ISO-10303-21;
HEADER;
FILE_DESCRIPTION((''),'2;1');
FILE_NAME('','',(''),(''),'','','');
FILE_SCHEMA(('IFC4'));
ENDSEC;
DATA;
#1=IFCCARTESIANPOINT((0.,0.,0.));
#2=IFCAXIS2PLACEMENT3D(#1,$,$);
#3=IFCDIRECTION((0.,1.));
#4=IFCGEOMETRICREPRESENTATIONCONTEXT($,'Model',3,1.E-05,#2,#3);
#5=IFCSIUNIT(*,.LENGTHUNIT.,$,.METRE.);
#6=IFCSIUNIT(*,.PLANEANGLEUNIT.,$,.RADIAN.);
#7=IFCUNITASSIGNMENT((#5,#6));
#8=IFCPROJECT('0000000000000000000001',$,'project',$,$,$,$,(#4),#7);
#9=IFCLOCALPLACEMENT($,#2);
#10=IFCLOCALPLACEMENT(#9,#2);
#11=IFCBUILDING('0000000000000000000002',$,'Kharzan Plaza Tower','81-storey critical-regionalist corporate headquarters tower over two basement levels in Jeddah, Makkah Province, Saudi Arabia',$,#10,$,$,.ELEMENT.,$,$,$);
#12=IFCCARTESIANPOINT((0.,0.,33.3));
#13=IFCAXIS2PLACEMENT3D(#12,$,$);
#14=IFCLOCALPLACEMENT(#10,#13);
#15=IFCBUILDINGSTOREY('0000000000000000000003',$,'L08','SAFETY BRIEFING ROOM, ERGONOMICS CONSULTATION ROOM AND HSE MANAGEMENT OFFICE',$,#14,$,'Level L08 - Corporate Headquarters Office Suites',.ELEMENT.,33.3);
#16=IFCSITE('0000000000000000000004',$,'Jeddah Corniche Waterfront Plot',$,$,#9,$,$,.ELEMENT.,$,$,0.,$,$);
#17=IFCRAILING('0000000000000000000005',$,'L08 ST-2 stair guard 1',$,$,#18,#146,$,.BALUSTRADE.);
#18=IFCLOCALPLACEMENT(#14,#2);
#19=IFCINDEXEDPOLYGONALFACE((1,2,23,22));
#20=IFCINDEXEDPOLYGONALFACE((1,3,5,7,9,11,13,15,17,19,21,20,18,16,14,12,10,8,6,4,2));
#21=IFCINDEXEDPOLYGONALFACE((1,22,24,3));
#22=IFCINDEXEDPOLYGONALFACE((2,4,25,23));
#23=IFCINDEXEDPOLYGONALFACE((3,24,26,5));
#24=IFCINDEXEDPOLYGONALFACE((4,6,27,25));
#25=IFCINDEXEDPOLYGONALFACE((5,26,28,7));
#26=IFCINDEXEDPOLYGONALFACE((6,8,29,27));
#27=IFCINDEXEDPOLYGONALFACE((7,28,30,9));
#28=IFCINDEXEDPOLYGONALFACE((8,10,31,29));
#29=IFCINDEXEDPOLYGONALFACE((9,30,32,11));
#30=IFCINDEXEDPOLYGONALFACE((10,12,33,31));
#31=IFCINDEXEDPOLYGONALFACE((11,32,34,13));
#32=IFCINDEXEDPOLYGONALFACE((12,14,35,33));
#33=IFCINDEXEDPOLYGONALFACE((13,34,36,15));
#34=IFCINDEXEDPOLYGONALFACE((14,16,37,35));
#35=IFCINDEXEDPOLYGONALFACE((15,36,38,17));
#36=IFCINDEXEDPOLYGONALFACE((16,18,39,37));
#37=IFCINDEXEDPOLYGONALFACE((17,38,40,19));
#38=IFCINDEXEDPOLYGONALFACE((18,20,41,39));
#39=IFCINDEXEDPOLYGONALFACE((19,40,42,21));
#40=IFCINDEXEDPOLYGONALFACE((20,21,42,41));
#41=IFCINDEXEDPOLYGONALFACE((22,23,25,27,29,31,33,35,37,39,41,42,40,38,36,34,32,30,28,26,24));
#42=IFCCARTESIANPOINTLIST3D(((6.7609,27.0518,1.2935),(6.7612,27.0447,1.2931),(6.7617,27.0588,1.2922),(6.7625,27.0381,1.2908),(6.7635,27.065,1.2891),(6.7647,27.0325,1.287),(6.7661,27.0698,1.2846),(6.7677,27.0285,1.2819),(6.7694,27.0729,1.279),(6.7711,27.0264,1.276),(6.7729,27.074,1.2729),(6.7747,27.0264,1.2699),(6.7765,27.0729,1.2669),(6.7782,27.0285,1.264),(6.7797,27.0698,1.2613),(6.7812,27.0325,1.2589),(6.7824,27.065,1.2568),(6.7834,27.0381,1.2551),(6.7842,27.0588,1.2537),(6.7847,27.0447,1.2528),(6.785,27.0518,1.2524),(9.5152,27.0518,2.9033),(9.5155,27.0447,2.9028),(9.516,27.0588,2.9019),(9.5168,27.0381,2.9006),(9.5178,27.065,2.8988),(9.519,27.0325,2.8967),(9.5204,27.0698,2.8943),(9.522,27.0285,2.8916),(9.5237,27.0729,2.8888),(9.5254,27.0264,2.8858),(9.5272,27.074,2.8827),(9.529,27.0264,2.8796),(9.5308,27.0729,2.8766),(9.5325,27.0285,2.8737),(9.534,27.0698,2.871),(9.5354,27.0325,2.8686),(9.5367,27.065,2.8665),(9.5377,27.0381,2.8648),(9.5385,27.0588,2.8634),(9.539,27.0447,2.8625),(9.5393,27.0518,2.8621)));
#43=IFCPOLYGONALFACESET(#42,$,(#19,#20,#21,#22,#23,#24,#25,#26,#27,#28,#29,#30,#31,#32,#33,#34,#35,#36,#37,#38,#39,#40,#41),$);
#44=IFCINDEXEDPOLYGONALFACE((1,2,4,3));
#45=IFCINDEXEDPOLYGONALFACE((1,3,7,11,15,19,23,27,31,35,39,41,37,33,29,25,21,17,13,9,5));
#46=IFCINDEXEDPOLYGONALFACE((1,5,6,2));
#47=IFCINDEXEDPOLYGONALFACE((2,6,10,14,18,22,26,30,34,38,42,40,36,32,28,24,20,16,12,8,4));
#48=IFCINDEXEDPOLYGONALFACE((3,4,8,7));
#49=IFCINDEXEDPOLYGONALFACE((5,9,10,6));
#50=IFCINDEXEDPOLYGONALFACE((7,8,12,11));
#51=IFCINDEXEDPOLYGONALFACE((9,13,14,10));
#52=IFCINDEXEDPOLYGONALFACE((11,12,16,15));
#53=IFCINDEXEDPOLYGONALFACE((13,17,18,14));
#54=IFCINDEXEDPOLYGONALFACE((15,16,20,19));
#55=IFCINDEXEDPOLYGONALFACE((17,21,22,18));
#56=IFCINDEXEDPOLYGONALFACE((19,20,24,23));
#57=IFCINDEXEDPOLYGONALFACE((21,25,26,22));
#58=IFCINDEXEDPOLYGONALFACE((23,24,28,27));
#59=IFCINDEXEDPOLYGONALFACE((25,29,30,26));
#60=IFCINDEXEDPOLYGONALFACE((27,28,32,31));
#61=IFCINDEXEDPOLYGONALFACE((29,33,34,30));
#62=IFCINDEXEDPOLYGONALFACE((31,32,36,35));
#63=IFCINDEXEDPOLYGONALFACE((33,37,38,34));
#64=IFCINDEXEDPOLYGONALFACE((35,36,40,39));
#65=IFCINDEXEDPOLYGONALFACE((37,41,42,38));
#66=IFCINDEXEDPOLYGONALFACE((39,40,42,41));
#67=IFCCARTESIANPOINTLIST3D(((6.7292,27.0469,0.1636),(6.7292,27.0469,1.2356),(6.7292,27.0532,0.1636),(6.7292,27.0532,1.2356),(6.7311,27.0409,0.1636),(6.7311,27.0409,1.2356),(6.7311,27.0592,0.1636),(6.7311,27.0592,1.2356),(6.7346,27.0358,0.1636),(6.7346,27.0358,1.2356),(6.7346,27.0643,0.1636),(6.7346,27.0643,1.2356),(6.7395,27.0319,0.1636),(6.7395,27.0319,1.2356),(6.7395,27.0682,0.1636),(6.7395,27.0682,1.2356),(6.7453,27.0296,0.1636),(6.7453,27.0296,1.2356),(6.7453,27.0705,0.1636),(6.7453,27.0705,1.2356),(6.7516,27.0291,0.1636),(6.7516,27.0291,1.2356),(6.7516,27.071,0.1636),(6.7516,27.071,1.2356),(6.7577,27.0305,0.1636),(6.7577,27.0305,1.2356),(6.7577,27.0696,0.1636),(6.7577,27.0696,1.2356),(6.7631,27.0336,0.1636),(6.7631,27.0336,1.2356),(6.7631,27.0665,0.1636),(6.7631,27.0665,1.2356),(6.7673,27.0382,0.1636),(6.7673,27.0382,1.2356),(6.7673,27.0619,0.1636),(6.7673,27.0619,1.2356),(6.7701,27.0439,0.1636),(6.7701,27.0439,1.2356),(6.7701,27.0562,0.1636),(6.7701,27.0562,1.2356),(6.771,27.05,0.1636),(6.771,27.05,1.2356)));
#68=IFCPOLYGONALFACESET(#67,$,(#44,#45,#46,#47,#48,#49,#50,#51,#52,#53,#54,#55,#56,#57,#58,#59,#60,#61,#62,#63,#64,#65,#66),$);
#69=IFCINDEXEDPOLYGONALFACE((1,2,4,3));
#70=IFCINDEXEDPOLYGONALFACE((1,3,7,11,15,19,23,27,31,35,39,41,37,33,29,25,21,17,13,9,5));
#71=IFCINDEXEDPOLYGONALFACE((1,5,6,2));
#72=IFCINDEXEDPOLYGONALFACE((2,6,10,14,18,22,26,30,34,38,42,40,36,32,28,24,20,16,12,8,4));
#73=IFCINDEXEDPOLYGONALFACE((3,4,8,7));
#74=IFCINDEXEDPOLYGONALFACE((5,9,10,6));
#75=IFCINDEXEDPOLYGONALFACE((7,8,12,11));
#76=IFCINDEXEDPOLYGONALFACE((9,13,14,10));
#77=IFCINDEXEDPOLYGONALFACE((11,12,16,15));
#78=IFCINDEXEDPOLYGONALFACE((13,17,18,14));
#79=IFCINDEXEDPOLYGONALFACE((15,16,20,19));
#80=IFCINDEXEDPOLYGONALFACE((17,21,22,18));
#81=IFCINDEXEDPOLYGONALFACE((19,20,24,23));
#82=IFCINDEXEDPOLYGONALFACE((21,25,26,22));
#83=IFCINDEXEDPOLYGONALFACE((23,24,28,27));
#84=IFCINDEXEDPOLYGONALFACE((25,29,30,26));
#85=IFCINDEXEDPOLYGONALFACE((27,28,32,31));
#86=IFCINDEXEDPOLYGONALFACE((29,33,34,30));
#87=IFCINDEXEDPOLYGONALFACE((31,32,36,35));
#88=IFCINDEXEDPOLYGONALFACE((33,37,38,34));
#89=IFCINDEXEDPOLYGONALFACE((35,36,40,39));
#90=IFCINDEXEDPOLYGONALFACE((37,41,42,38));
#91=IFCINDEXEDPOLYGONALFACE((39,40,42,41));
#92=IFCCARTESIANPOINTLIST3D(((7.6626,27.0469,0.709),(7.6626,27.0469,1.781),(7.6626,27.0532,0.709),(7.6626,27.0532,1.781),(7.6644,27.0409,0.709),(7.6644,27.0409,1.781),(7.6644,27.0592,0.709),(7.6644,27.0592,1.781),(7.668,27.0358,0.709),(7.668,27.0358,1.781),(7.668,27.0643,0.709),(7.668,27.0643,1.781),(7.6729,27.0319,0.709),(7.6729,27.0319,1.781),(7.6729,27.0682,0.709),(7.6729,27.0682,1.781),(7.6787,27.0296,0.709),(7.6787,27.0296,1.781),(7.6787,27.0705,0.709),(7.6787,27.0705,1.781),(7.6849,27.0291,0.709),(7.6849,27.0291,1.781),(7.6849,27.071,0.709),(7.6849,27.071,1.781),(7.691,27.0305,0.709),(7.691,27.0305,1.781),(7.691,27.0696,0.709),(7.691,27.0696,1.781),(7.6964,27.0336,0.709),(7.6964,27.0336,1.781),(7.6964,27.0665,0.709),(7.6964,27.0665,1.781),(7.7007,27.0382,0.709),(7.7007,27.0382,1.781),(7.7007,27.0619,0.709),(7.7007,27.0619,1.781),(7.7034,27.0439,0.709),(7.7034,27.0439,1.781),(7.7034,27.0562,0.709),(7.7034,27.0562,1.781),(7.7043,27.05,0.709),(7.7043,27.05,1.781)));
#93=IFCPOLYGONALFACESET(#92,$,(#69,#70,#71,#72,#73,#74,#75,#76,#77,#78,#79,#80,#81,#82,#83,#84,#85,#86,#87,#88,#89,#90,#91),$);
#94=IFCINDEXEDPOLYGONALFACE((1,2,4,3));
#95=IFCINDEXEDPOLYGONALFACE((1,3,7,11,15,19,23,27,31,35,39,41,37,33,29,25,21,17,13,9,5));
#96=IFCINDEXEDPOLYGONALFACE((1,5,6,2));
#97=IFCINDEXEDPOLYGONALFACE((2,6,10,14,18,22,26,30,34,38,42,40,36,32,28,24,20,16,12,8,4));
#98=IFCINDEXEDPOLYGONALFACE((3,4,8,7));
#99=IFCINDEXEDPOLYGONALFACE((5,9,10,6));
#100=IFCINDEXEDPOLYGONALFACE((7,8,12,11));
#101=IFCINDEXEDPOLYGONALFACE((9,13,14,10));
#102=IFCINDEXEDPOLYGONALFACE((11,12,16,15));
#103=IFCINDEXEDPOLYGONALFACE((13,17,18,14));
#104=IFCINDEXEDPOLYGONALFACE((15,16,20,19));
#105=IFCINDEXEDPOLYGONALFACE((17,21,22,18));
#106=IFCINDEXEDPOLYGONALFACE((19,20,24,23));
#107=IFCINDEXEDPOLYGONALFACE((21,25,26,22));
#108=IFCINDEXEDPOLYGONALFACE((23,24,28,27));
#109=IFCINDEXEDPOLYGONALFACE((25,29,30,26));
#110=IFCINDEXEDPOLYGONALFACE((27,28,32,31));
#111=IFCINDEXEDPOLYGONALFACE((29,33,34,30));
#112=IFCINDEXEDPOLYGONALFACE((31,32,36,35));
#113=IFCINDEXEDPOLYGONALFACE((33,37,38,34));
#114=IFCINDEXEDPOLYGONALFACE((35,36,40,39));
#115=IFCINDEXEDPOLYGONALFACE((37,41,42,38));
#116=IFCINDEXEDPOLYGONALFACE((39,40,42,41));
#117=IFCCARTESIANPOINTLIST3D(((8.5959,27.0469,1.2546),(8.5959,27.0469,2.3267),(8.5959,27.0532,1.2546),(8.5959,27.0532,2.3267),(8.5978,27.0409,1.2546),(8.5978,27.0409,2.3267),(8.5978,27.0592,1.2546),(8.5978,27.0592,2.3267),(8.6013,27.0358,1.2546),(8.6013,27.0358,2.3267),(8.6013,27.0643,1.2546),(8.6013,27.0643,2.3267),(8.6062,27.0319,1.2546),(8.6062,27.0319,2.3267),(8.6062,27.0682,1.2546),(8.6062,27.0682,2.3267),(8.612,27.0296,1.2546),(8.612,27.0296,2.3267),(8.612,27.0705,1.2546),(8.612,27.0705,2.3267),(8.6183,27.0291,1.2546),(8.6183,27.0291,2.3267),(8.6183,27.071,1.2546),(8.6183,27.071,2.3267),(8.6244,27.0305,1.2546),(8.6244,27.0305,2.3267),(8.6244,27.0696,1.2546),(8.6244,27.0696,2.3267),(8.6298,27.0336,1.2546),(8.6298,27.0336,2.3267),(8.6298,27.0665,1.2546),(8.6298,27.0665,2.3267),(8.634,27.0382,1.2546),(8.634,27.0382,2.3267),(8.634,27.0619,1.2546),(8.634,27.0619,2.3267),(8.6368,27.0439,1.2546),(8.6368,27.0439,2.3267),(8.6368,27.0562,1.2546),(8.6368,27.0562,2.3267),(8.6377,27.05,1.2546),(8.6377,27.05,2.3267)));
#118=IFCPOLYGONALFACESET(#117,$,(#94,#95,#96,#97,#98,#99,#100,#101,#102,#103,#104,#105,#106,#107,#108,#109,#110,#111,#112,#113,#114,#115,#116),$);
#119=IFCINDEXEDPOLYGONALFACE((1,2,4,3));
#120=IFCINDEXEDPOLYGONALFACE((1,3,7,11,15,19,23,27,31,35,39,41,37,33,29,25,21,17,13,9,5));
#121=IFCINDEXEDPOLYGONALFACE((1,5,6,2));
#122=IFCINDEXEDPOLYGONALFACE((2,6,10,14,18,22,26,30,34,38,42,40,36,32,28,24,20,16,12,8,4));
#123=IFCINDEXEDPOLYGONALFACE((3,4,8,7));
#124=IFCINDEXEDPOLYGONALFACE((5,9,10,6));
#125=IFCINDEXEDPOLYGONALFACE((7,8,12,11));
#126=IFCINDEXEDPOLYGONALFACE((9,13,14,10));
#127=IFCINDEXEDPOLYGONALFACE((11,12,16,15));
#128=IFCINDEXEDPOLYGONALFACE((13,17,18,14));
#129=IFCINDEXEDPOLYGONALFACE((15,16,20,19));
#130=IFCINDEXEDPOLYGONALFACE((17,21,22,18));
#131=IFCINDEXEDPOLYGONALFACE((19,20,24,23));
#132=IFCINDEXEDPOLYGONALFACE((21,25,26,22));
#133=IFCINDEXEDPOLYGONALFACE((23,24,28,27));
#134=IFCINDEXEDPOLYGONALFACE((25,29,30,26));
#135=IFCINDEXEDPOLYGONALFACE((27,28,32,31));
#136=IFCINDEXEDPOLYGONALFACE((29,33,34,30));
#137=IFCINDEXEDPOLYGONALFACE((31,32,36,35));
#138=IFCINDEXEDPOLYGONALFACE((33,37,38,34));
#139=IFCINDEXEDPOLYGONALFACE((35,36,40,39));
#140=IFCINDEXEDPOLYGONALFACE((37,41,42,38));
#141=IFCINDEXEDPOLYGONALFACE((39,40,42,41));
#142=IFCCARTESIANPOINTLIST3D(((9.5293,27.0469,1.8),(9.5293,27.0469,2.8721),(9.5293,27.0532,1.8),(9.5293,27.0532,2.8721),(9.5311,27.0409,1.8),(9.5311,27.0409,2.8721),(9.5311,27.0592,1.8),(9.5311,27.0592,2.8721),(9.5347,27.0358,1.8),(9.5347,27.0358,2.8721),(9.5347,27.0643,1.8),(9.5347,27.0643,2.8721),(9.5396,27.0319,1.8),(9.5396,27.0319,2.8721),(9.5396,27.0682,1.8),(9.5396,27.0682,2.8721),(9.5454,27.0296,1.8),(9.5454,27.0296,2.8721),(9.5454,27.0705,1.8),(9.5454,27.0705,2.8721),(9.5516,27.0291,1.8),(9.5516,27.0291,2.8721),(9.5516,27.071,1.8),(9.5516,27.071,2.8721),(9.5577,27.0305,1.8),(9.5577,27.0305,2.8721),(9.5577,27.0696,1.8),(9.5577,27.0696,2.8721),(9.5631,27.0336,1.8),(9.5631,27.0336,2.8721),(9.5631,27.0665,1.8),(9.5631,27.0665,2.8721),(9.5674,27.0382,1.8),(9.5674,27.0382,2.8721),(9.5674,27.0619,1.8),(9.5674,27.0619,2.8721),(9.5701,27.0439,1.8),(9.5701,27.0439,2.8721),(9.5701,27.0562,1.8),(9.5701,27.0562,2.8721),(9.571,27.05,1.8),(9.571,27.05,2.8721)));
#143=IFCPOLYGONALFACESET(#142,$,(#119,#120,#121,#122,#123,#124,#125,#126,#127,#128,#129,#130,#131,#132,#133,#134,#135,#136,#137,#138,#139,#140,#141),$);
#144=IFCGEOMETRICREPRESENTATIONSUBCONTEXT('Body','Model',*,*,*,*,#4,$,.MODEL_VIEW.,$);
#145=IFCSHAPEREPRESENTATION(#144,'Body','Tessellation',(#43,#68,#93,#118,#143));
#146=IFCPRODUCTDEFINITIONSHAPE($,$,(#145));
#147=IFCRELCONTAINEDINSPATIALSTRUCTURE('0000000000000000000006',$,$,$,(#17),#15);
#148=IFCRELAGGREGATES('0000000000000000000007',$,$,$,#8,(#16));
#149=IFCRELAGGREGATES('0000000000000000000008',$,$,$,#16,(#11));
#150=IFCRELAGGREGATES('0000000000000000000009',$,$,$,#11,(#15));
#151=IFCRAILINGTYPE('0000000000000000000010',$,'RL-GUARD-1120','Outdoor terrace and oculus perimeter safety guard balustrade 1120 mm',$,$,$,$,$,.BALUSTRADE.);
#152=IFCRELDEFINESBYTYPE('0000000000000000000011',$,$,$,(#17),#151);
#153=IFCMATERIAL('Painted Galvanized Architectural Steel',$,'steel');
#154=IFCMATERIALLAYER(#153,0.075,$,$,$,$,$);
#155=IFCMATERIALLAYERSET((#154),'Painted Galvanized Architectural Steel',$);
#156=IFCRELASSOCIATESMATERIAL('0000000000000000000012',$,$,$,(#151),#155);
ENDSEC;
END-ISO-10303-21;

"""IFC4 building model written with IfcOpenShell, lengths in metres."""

from ifc_helpers import new_model, si_unit, direction, frame, origin, origin_2d, place, context, subcontext, project, spatial, circle, extrude, source, transform, mapped, material, layer, layer_set, type_object, element, save


model = new_model("IFC4")

# Units and contexts
model_context = context("Model", 3, precision=1e-05, world=origin(), true_north=direction((0.0, 1.0)))
body_context = subcontext(model_context, "Body", "Model", "MODEL_VIEW")
ifc_project = project(units=[si_unit("LENGTHUNIT", "METRE"), si_unit("PLANEANGLEUNIT", "RADIAN")], contexts=[model_context])

# Site, building, storey
site_placement = place(None, origin())
site = spatial("IfcSite", under=ifc_project, at=site_placement, Name="Jeddah Corniche Waterfront Plot", CompositionType="ELEMENT", RefElevation=0.0)
building_placement = place(site_placement, origin())
building = spatial("IfcBuilding", under=site, at=building_placement, Name="Kharzan Plaza Tower", Description="81-storey critical-regionalist corporate headquarters tower over two basement levels in Jeddah, Makkah Province, Saudi Arabia", CompositionType="ELEMENT")
storey_placement = place(building_placement, frame((0.0, 0.0, 33.3)))
storey = spatial("IfcBuildingStorey", under=building, at=storey_placement, Name="L08", Description="SAFETY BRIEFING ROOM, ERGONOMICS CONSULTATION ROOM AND HSE MANAGEMENT OFFICE", LongName="Level L08 - Corporate Headquarters Office Suites", CompositionType="ELEMENT", Elevation=33.3)

# Railing
ifc_material_1 = material(Name="Painted Galvanized Architectural Steel", Category="steel")
ifc_layer_1 = layer(ifc_material_1, 0.075)
ifc_layer_set_1 = layer_set([ifc_layer_1], Name="Painted Galvanized Architectural Steel")
railing_type_1 = type_object("IfcRailingType", Name="RL-GUARD-1120", Description="Outdoor terrace and oculus perimeter safety guard balustrade 1120 mm", PredefinedType="BALUSTRADE", material=ifc_layer_set_1)
shared_shape_1 = source(origin(), body_context, "Body", "SweptSolid", [
    extrude(circle(Radius=0.0239, at=origin_2d()), frame((0.0229, 0.0, 1.1094), z_axis=(0.863361, 0.0, 0.504587), x_axis=(0.0, 1.0, 0.0)), (0.0, 0.0, 1.0), 3.1902),
    extrude(circle(Radius=0.021, at=origin_2d()), origin(), (0.0, 0.0, 1.0), 1.072),
    extrude(circle(Radius=0.021, at=origin_2d()), frame((0.9333, 0.0, 0.5454)), (0.0, 0.0, 1.0), 1.072),
    extrude(circle(Radius=0.021, at=origin_2d()), frame((1.8667, 0.0, 1.0911)), (0.0, 0.0, 1.0), 1.072),
    extrude(circle(Radius=0.021, at=origin_2d()), frame((2.8, 0.0, 1.6365)), (0.0, 0.0, 1.0), 1.072),
])
railing_1_placement = place(storey_placement, frame((6.75, 27.05, 0.1636)))
element("IfcRailing", 1, at=railing_1_placement, inside=storey, type_object=railing_type_1, Name="L08 ST-2 stair guard 1", PredefinedType="BALUSTRADE", context=body_context, shape_type="MappedRepresentation", body=[
    mapped(shared_shape_1, transform((0.0, 0.0, 0.0), x_axis=(1.0, 0.0, 0.0), y_axis=(0.0, 1.0, 0.0), z_axis=(0.0, 0.0, 1.0))),
])

save(model, "model.ifc")
